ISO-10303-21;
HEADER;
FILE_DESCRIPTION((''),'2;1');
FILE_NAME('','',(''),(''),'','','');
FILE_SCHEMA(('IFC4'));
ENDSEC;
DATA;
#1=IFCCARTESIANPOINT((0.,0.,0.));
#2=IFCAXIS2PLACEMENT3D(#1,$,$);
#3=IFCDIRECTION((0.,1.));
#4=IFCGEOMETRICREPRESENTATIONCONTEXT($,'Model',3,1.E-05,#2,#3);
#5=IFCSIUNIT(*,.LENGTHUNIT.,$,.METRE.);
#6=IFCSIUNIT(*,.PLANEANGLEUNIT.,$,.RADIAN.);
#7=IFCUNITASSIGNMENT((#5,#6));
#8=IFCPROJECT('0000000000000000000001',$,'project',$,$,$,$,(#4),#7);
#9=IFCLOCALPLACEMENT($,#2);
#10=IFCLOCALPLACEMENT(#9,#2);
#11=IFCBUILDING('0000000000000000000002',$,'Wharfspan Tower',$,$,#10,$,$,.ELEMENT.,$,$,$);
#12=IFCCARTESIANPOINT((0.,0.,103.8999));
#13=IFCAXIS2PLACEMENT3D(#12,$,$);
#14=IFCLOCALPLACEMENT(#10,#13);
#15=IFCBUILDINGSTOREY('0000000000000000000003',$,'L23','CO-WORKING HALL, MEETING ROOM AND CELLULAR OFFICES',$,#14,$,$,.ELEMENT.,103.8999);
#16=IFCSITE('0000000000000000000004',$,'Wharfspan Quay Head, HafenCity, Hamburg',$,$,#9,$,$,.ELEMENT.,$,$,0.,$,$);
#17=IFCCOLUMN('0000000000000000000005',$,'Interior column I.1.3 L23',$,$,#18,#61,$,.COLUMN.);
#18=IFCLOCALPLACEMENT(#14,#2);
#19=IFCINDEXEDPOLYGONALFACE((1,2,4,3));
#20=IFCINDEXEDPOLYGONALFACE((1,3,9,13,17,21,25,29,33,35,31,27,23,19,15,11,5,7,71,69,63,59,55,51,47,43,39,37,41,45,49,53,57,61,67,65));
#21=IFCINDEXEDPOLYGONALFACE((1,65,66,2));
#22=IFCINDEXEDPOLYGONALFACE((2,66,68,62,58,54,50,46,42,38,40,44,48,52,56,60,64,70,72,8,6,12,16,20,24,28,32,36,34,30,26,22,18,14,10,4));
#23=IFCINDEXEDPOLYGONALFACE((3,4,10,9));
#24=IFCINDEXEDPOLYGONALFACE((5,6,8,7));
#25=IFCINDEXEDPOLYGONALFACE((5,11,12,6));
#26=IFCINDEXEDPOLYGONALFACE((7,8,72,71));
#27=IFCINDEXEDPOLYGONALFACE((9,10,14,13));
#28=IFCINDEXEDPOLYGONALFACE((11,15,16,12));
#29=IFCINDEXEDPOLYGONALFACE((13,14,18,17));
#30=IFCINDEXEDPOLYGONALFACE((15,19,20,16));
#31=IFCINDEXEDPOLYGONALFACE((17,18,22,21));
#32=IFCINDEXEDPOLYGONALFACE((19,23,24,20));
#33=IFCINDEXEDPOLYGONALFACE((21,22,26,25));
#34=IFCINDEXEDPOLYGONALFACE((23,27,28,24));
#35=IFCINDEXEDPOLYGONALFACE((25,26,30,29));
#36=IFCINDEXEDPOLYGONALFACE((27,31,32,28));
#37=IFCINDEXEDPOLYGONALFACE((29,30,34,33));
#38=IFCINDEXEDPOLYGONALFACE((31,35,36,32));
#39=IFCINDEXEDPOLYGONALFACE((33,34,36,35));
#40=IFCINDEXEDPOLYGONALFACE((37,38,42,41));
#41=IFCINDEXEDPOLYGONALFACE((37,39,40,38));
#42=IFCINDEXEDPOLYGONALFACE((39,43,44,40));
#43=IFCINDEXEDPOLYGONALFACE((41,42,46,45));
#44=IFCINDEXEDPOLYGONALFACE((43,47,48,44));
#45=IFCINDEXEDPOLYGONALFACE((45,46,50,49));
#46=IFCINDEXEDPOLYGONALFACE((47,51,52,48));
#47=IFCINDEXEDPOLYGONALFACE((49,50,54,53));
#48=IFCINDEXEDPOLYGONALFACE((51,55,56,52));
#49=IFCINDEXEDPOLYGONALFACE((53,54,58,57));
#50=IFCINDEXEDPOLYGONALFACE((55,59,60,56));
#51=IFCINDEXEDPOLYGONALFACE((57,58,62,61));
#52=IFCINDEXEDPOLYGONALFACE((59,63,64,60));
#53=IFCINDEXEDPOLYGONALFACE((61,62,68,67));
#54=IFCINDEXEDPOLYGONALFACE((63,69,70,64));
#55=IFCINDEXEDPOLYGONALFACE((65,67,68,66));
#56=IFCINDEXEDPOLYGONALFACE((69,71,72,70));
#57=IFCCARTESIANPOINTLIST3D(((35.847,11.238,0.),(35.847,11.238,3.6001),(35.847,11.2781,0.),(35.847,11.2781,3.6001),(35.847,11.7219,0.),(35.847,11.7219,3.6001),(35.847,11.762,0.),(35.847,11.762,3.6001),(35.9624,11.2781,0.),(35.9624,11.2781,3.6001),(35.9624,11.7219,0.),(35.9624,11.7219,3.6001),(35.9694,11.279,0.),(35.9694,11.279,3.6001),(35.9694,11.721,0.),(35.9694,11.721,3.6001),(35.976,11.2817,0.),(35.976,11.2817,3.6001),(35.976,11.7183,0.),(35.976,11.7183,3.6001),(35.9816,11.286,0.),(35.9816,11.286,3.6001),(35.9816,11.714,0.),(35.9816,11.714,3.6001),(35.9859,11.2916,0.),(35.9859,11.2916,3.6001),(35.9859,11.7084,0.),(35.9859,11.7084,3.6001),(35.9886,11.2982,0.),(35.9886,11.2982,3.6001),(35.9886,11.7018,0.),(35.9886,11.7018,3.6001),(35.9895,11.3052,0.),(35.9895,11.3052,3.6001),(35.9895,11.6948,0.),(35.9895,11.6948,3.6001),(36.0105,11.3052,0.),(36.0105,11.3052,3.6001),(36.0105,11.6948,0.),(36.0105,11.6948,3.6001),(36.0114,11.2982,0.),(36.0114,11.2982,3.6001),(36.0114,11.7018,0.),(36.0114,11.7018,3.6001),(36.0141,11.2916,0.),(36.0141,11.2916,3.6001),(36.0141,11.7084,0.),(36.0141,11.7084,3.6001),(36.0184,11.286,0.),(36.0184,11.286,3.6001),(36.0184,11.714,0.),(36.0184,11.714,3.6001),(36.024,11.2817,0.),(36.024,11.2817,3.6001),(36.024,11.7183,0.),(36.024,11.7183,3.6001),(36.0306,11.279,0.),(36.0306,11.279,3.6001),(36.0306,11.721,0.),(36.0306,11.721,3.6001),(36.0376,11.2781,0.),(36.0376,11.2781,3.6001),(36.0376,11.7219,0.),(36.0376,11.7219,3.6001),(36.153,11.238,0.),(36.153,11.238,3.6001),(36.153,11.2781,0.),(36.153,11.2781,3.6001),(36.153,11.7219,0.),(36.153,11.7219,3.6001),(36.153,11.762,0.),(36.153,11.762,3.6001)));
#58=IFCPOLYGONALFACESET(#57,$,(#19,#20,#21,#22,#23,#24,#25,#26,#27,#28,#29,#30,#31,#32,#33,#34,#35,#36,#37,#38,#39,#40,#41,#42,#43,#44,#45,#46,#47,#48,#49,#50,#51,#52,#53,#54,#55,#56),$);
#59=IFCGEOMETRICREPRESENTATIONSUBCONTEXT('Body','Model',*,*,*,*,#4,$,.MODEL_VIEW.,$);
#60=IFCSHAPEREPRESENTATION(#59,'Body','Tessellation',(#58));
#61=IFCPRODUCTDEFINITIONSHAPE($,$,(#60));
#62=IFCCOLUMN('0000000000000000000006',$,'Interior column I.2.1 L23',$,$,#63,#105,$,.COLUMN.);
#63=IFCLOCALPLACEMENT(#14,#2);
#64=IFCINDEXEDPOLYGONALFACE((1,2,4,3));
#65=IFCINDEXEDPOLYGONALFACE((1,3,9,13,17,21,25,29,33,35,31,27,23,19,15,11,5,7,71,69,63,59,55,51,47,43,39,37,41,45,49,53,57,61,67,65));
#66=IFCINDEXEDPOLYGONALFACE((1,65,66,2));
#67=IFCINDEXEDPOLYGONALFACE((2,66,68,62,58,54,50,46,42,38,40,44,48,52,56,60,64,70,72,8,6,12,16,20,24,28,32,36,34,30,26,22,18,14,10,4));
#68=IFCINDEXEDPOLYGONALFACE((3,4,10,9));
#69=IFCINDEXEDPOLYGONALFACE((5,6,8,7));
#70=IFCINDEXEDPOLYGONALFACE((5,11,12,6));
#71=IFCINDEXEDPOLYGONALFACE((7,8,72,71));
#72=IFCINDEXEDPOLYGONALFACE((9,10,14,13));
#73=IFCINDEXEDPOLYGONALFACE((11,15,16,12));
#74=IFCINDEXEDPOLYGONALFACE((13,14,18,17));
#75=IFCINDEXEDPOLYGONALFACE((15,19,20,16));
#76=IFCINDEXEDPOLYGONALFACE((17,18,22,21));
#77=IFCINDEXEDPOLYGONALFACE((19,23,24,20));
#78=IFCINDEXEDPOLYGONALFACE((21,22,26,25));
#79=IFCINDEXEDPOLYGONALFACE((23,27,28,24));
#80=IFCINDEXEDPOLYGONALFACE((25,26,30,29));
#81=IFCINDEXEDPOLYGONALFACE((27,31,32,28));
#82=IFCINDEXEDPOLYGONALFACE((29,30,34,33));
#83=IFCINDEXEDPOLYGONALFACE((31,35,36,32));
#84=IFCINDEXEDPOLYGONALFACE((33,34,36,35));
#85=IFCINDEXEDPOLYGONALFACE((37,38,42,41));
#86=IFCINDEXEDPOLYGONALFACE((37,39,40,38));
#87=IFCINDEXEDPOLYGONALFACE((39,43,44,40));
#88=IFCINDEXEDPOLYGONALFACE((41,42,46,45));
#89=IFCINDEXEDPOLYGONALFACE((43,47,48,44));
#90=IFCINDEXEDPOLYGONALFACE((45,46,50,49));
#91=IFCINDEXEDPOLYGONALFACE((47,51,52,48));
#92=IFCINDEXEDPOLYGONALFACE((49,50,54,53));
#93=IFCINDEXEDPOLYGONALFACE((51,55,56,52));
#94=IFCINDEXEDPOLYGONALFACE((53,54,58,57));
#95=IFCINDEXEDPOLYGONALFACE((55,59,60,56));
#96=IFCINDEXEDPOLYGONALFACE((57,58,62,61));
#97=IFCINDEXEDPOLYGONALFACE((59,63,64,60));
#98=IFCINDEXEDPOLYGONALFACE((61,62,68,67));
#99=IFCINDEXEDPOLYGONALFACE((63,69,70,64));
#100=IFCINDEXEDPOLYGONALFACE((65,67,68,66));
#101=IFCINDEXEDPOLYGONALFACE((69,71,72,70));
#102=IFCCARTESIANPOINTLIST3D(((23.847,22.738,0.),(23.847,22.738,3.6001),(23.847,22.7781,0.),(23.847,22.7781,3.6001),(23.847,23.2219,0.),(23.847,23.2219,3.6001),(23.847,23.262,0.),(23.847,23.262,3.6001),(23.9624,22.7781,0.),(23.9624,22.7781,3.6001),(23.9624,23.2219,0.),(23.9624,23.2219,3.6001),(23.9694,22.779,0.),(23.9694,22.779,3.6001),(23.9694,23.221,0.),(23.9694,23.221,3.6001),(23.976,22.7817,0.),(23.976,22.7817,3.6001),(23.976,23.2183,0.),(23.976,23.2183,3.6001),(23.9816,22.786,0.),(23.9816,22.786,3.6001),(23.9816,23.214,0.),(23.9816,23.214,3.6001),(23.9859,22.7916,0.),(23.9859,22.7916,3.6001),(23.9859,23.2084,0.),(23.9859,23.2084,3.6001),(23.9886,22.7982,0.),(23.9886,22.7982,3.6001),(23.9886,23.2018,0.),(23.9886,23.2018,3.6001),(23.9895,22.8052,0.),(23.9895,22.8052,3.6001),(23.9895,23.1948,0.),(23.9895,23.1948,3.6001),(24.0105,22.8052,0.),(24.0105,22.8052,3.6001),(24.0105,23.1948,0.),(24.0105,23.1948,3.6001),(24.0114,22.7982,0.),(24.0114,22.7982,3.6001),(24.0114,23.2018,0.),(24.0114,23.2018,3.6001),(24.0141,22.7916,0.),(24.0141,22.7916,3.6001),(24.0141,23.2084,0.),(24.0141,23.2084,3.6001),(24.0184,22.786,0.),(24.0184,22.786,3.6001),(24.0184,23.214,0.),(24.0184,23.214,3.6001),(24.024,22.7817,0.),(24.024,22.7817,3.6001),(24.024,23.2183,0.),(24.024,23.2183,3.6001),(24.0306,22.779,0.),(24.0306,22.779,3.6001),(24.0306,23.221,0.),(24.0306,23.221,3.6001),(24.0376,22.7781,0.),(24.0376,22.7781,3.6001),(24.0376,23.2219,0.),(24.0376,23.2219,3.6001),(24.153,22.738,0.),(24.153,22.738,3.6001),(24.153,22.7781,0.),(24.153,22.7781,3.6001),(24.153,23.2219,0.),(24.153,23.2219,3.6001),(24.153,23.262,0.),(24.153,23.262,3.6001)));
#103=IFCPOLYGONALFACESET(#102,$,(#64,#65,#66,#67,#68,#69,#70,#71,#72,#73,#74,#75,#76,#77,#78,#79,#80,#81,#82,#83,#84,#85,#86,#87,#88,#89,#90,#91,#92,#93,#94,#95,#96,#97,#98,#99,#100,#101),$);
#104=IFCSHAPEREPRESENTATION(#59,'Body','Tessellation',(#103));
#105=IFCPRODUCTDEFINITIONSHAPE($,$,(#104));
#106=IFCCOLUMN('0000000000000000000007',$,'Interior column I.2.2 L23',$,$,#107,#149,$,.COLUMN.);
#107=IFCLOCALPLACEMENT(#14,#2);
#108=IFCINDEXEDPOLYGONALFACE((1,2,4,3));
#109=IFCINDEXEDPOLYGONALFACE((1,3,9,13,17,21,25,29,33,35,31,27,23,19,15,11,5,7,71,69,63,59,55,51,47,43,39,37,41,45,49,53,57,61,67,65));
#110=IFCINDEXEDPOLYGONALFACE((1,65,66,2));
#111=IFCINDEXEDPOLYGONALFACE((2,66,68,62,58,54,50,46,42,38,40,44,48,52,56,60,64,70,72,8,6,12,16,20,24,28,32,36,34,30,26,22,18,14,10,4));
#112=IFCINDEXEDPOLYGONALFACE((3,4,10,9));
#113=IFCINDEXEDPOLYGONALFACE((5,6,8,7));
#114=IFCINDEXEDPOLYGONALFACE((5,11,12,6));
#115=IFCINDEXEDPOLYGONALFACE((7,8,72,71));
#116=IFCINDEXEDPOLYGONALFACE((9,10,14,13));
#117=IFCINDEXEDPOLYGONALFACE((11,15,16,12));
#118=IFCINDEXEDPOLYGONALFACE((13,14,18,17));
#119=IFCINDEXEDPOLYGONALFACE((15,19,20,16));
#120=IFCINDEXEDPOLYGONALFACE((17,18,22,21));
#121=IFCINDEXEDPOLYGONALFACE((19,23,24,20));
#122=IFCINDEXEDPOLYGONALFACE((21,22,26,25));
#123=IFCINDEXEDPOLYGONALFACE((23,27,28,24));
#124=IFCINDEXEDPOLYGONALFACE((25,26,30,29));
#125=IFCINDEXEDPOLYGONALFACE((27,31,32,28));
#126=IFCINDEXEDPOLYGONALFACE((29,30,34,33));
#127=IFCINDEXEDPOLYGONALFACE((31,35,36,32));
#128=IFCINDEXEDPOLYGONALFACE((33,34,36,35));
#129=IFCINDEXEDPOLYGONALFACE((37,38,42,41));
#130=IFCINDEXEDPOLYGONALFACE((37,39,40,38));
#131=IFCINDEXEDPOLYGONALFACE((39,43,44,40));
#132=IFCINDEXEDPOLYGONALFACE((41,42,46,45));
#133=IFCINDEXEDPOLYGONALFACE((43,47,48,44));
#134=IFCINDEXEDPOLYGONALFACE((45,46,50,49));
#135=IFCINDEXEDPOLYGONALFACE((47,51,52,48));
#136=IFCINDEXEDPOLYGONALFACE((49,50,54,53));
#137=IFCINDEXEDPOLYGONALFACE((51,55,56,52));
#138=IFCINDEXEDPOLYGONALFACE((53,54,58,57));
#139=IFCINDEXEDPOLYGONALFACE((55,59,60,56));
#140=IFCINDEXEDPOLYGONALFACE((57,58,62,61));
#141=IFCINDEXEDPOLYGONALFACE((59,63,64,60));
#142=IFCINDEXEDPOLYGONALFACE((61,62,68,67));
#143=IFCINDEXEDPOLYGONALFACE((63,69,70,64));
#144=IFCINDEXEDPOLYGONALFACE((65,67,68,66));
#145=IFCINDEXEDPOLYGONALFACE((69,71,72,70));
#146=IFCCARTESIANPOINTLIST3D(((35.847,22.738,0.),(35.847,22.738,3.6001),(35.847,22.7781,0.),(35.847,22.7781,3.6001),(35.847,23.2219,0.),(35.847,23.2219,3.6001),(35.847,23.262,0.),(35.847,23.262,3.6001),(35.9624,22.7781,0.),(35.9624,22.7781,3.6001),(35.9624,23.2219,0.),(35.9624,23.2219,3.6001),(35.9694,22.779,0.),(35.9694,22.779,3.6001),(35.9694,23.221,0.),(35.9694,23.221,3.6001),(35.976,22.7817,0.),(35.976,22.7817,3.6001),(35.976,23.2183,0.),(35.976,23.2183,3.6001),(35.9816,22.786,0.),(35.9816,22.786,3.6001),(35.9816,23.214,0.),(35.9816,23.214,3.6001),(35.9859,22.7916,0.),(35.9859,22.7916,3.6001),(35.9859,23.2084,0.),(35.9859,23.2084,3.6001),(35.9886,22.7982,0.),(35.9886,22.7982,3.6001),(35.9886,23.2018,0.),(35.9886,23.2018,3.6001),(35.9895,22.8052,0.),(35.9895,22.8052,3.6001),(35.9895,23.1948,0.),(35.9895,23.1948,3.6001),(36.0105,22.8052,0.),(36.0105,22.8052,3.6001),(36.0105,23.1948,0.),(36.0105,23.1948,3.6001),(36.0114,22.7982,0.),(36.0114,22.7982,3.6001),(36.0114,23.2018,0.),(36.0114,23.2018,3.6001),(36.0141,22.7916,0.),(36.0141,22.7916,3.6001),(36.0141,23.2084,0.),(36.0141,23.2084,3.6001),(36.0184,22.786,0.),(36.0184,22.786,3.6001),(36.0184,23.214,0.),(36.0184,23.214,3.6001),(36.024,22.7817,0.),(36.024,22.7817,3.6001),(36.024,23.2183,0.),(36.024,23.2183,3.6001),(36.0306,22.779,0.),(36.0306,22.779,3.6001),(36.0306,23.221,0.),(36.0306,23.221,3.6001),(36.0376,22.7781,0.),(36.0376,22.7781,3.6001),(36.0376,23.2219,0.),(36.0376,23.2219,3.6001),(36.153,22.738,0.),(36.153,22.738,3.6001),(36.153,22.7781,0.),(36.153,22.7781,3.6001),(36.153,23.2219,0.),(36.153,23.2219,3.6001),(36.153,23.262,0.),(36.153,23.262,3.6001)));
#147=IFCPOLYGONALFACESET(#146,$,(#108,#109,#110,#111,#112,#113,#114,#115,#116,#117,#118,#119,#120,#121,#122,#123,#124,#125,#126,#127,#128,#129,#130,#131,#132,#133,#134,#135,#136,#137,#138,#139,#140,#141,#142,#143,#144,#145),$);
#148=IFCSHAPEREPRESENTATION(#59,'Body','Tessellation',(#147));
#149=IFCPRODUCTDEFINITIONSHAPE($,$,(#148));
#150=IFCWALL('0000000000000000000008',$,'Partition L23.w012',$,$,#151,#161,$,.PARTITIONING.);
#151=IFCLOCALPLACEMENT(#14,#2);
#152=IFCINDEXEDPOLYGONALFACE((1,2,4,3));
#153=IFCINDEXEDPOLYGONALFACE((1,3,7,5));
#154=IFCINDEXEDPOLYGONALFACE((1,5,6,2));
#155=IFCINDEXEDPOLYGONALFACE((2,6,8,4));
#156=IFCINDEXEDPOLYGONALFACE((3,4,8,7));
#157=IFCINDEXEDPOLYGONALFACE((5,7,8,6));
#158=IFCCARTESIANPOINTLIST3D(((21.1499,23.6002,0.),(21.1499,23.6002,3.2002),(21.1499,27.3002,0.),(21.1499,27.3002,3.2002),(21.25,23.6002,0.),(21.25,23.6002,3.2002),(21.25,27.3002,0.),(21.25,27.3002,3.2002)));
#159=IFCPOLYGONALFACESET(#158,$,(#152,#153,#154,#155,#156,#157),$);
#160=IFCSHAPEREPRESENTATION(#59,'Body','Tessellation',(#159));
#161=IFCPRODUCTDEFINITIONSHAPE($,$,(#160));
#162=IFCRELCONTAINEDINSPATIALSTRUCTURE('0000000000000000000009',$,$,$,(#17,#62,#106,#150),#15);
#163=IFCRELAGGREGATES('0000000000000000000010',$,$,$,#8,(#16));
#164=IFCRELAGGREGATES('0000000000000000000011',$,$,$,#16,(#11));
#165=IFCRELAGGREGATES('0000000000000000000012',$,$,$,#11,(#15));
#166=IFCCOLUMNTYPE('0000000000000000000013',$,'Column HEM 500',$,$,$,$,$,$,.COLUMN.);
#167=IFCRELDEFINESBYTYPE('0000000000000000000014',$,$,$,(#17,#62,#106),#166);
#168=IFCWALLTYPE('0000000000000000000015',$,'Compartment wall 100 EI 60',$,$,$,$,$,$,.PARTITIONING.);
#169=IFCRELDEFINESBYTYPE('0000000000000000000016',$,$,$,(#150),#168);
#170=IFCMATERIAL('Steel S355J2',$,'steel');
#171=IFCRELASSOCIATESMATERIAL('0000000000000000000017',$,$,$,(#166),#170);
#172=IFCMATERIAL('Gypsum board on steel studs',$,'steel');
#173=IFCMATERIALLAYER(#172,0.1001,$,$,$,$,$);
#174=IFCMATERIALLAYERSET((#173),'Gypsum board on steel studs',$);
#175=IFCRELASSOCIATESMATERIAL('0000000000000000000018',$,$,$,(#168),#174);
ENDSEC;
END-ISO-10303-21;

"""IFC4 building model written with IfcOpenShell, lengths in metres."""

from ifc_helpers import new_model, si_unit, direction, frame, frame_2d, origin, origin_2d, place, context, subcontext, project, spatial, rectangle, i_section, extrude, material, layer, layer_set, material_profile, profile_set, type_object, element, save


model = new_model("IFC4")

# Units and contexts
model_context = context("Model", 3, precision=1e-05, world=origin(), true_north=direction((0.0, 1.0)))
body_context = subcontext(model_context, "Body", "Model", "MODEL_VIEW")
ifc_project = project(units=[si_unit("LENGTHUNIT", "METRE"), si_unit("PLANEANGLEUNIT", "RADIAN")], contexts=[model_context])

# Site, building, storey
site_placement = place(None, origin())
site = spatial("IfcSite", under=ifc_project, at=site_placement, Name="Wharfspan Quay Head, HafenCity, Hamburg", CompositionType="ELEMENT", RefElevation=0.0)
building_placement = place(site_placement, origin())
building = spatial("IfcBuilding", under=site, at=building_placement, Name="Wharfspan Tower", CompositionType="ELEMENT")
storey_placement = place(building_placement, frame((0.0, 0.0, 103.8999)))
storey = spatial("IfcBuildingStorey", under=building, at=storey_placement, Name="L23", Description="CO-WORKING HALL, MEETING ROOM AND CELLULAR OFFICES", CompositionType="ELEMENT", Elevation=103.8999)

# Columns
ifc_material_1 = material(Name="Steel S355J2", Category="steel")
ifc_material_profile = material_profile(ifc_material_1, i_section(OverallWidth=0.3059, OverallDepth=0.5239, WebThickness=0.021, FlangeThickness=0.04, FilletRadius=0.0271, at=origin_2d()))
ifc_profile_set = profile_set([ifc_material_profile], Name="Steel S355J2")
column_type = type_object("IfcColumnType", Name="Column HEM 500", PredefinedType="COLUMN", material=ifc_profile_set)
for number, where, z_axis, x_axis, name in (
    (1, (36.0, 11.5, 0.0), (0.0, 0.0, 1.0), (1.0, 0.0, 0.0), "Interior column I.1.3 L23"),
    (2, (24.0, 23.0, 0.0), (0.0, 0.0, 1.0), (1.0, 0.0, 0.0), "Interior column I.2.1 L23"),
    (3, (36.0, 23.0, 0.0), (0.0, 0.0, 1.0), (1.0, 0.0, 0.0), "Interior column I.2.2 L23"),
):
    element("IfcColumn", number, at=place(storey_placement, frame(where, z_axis=z_axis, x_axis=x_axis)), inside=storey, type_object=column_type, Name=name, PredefinedType="COLUMN", context=body_context, shape_type="SweptSolid", body=[
        extrude(i_section(OverallWidth=0.3059, OverallDepth=0.5239, WebThickness=0.021, FlangeThickness=0.04, FilletRadius=0.0271, at=origin_2d()), origin(), (0.0, 0.0, 1.0), 3.6001),
    ])

# Wall
ifc_material_2 = material(Name="Gypsum board on steel studs", Category="steel")
ifc_layer_1 = layer(ifc_material_2, 0.1001)
ifc_layer_set_1 = layer_set([ifc_layer_1], Name="Gypsum board on steel studs")
wall_type_1 = type_object("IfcWallType", Name="Compartment wall 100 EI 60", PredefinedType="PARTITIONING", material=ifc_layer_set_1)
wall_1_placement = place(storey_placement, frame((21.2, 23.6001, 0.0), z_axis=(0.0, 0.0, 1.0), x_axis=(0.0, 1.0, 0.0)))
element("IfcWall", 4, at=wall_1_placement, inside=storey, type_object=wall_type_1, Name="Partition L23.w012", PredefinedType="PARTITIONING", context=body_context, shape_type="SweptSolid", body=[
    extrude(rectangle(XDim=3.7, YDim=0.1001, at=frame_2d((1.8501, 0.0))), origin(), (0.0, 0.0, 1.0), 3.2002),
])

save(model, "model.ifc")
